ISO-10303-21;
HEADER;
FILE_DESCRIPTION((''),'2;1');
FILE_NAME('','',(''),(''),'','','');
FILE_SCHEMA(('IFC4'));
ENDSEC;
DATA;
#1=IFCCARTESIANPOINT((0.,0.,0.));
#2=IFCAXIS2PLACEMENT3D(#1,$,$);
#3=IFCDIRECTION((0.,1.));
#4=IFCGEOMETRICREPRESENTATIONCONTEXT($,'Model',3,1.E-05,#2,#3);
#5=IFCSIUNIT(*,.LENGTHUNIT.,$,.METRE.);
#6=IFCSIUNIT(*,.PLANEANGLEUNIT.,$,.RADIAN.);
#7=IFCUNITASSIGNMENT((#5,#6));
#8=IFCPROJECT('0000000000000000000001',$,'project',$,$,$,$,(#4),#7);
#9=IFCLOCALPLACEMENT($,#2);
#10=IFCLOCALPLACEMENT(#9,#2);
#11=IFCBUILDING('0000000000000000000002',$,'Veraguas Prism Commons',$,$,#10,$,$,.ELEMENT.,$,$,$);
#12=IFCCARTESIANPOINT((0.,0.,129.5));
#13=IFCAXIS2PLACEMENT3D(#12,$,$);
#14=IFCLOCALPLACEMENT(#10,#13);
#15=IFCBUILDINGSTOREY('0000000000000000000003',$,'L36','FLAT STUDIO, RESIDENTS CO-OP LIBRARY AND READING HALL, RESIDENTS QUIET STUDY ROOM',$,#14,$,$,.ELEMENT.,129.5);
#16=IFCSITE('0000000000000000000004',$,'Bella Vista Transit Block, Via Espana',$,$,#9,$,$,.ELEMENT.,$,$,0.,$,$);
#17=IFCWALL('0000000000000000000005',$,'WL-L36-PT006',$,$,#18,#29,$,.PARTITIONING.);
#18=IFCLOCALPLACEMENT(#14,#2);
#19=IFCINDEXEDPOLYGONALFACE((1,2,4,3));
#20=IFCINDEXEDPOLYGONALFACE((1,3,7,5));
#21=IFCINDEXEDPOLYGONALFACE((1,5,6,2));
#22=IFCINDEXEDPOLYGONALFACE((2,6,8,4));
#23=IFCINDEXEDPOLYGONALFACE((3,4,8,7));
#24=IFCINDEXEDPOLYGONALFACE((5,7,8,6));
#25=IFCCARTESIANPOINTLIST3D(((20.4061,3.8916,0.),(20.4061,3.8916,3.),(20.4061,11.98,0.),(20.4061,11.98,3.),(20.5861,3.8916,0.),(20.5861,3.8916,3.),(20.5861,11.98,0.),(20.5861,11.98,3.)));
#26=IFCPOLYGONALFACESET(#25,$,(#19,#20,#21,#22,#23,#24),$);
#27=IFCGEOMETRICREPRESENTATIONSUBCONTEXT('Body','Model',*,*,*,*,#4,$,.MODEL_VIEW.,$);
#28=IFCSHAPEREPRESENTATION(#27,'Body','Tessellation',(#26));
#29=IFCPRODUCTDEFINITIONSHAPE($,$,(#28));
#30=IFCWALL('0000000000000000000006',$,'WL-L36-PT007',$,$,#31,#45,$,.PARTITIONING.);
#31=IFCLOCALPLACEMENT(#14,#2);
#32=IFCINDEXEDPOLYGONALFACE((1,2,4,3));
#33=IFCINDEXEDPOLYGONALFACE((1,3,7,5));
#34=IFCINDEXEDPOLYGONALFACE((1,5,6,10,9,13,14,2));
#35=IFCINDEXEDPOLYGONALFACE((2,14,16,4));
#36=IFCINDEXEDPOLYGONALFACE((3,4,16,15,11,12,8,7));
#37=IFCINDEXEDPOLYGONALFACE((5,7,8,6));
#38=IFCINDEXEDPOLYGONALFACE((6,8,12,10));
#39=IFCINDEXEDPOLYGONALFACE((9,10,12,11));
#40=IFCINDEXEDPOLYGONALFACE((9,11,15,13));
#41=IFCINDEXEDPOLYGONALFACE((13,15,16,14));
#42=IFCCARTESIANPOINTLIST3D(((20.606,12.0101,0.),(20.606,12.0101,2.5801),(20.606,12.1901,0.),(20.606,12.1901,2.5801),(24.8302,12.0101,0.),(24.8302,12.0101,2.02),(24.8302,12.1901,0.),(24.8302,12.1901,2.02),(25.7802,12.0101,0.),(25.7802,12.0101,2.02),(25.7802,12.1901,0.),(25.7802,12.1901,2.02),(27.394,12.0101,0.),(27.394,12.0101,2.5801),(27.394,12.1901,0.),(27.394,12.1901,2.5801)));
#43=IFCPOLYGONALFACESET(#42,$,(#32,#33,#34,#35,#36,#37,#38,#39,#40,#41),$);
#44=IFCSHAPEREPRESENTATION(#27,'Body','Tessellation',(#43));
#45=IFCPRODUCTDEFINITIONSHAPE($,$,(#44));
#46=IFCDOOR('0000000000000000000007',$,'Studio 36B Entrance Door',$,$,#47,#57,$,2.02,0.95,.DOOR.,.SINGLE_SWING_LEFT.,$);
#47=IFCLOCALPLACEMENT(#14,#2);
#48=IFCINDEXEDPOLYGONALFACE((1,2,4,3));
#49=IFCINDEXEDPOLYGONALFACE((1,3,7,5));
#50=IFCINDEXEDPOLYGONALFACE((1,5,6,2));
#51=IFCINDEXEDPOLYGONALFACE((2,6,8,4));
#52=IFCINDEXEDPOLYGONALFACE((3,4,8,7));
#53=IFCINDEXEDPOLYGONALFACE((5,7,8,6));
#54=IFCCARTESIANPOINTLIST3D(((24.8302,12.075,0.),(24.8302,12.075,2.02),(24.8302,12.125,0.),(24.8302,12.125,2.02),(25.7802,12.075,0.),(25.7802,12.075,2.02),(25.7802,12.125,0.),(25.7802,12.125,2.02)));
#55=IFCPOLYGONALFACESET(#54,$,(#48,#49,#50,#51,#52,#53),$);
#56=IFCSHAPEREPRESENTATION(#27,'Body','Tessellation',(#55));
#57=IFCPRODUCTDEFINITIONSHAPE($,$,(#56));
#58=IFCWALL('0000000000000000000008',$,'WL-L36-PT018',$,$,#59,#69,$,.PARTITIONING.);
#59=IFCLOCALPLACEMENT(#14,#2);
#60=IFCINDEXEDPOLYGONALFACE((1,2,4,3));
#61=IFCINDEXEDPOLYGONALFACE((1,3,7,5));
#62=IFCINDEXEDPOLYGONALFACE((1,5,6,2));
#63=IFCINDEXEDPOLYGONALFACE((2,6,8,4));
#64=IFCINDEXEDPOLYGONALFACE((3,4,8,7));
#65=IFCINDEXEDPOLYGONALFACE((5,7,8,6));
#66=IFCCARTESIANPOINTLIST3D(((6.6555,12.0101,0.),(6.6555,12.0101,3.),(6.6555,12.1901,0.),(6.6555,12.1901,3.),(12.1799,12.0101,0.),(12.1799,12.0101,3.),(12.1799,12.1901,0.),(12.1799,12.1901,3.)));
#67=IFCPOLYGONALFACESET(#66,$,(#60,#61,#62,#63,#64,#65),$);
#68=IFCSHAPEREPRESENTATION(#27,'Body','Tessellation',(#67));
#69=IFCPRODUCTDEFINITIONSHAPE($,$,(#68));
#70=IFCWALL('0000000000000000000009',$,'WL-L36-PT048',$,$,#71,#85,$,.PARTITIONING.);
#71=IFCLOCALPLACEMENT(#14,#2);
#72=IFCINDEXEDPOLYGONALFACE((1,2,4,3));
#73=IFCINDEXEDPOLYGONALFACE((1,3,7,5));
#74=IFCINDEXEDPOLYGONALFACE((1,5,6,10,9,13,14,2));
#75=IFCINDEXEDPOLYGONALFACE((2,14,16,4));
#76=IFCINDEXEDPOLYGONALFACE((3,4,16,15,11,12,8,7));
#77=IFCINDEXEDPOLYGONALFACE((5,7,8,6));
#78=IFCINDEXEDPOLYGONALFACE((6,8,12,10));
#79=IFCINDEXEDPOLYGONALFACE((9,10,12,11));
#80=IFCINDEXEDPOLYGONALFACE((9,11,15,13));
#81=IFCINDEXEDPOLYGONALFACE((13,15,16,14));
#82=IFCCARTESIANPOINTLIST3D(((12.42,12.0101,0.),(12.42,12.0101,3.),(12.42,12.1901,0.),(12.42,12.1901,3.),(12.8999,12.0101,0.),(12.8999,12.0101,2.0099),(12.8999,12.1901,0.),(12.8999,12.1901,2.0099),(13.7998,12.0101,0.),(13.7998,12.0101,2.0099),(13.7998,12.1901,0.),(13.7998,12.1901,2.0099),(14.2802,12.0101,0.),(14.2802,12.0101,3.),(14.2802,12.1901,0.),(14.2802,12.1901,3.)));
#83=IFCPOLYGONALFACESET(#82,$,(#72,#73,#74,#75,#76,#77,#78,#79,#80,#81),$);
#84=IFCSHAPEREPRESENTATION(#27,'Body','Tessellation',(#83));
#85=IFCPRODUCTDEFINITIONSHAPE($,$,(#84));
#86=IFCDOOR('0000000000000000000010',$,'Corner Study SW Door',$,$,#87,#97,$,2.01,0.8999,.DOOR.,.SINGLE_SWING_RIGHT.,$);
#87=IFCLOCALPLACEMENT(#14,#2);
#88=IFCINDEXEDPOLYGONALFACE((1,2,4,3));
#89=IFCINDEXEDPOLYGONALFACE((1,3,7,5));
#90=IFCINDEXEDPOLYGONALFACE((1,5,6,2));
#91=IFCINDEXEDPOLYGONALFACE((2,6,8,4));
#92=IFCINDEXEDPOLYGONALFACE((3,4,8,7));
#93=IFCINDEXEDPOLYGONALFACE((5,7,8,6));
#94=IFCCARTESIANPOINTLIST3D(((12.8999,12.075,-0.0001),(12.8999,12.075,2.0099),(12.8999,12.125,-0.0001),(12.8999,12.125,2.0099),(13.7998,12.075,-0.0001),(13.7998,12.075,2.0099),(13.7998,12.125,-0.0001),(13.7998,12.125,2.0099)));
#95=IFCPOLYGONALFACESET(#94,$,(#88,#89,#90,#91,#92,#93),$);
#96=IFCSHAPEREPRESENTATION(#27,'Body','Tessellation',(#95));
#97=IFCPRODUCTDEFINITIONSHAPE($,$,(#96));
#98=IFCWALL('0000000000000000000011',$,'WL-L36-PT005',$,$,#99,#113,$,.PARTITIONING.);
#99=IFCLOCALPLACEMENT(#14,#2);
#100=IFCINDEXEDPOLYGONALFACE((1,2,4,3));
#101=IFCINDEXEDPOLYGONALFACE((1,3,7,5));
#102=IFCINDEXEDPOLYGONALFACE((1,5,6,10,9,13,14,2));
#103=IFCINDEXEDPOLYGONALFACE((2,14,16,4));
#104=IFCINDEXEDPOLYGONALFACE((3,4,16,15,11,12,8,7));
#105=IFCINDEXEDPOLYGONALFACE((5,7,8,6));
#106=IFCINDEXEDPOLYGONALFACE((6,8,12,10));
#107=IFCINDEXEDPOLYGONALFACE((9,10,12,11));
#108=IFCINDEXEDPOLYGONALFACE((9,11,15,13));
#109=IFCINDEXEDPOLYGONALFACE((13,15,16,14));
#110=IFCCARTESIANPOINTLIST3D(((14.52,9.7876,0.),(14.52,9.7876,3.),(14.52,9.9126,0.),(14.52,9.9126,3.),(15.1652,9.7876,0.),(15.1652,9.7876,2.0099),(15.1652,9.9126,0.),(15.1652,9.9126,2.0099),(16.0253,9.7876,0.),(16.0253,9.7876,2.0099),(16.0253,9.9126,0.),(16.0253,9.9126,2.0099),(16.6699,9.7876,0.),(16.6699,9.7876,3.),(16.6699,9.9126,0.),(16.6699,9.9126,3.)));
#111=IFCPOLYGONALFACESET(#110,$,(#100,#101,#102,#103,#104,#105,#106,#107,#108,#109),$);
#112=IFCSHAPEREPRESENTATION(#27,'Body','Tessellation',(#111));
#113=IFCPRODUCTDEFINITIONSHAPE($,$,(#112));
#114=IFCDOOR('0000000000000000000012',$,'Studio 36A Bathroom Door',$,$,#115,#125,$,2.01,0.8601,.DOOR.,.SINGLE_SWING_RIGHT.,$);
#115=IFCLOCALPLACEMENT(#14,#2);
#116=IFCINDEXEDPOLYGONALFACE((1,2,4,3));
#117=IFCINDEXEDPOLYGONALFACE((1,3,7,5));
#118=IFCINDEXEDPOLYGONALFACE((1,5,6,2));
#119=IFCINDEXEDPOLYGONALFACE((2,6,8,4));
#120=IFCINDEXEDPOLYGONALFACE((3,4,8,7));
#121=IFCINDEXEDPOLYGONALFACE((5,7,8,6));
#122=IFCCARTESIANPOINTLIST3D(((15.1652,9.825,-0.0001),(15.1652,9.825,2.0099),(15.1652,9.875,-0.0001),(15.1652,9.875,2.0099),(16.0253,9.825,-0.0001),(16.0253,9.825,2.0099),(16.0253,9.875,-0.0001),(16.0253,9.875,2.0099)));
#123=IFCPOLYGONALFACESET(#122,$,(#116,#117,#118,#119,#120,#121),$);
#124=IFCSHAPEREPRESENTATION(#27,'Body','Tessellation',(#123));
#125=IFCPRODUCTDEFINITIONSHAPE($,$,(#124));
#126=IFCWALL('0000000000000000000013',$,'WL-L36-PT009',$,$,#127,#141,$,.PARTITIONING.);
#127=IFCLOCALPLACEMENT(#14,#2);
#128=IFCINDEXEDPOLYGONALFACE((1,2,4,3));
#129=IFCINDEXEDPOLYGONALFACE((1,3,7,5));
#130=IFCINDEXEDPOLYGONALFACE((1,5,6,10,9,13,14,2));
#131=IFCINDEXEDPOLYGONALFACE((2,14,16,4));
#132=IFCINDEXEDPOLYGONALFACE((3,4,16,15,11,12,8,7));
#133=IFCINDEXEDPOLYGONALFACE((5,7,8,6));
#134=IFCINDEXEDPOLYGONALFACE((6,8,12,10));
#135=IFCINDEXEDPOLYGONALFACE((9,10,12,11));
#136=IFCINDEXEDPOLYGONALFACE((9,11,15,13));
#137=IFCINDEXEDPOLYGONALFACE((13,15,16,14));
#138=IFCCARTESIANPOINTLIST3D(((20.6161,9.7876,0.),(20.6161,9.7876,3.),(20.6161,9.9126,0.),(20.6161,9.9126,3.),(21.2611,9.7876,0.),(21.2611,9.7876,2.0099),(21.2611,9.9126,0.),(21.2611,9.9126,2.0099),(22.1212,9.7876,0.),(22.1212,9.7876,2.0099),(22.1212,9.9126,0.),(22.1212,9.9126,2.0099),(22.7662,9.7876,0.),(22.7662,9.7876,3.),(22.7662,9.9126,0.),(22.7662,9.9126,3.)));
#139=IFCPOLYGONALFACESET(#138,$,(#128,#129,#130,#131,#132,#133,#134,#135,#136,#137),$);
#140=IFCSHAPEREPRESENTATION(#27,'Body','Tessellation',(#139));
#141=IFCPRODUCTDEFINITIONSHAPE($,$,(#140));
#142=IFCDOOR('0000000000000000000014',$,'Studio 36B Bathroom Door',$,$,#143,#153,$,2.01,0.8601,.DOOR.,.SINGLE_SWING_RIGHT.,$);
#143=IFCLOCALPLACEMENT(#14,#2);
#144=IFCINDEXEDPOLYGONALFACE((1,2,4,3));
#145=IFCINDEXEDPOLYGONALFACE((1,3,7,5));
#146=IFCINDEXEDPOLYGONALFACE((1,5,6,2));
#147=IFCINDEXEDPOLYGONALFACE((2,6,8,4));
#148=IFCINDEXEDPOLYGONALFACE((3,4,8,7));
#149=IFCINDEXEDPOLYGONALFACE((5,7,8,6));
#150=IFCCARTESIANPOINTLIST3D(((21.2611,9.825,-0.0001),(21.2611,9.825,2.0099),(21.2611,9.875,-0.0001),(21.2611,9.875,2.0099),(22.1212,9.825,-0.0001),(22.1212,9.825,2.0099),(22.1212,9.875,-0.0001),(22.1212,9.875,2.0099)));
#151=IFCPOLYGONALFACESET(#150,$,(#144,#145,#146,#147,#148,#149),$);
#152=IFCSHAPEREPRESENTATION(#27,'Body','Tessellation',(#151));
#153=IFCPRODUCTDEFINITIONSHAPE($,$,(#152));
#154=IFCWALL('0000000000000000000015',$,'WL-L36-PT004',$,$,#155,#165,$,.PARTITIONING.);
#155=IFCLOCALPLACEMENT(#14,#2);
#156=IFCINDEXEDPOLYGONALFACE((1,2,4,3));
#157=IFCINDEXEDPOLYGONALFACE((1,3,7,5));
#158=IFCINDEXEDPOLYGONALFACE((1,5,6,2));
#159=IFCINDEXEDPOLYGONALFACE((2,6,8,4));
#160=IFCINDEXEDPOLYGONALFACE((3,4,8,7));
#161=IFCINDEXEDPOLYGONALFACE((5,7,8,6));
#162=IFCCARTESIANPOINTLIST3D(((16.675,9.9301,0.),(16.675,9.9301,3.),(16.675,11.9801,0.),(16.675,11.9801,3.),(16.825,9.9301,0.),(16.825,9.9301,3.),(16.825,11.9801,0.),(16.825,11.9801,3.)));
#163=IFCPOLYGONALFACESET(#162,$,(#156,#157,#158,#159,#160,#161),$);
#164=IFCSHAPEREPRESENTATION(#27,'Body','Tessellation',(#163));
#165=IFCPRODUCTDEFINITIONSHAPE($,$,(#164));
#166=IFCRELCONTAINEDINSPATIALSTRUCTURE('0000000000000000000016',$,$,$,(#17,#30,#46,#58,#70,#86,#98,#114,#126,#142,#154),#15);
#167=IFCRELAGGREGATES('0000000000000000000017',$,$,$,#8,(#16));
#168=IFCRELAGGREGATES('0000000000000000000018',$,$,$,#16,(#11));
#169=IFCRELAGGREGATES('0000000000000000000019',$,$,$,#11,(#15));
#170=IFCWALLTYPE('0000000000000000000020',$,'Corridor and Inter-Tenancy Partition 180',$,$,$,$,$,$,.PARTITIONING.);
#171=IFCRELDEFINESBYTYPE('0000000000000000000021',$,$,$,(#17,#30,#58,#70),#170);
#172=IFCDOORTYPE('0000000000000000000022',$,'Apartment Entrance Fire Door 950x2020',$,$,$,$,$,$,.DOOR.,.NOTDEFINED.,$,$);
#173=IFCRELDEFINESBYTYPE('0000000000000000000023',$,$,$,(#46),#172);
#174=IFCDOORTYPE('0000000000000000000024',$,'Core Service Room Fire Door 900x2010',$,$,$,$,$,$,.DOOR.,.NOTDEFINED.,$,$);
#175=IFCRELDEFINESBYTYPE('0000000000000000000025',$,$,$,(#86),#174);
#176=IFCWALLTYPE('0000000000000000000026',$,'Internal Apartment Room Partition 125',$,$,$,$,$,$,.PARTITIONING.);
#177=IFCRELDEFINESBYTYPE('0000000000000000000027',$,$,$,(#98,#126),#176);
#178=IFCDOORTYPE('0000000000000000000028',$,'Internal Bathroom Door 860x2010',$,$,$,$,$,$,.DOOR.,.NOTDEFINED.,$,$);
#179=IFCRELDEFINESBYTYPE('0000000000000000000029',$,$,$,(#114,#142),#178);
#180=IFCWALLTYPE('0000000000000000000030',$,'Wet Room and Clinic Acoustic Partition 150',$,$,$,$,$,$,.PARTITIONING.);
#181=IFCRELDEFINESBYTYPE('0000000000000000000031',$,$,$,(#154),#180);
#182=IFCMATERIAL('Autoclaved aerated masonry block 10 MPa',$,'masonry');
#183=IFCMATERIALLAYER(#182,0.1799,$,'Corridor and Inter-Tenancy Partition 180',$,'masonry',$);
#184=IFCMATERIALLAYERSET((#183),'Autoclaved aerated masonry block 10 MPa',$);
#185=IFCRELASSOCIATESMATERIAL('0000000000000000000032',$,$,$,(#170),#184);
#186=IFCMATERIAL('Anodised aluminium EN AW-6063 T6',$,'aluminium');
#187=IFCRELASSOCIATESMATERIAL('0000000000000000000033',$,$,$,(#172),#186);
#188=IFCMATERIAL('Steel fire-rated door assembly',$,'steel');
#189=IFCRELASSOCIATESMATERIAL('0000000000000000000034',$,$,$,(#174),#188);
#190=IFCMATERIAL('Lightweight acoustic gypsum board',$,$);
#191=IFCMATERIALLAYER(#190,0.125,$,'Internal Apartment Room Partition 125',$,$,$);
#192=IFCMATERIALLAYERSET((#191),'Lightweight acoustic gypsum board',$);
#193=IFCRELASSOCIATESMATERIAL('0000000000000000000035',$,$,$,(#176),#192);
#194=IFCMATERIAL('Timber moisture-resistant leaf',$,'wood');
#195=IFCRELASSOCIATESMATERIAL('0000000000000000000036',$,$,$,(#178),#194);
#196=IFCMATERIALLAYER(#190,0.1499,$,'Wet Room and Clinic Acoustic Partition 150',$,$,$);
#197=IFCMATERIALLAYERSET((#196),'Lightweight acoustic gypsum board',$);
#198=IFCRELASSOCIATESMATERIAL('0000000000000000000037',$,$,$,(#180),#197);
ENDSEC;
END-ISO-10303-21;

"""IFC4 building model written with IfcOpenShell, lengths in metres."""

from ifc_helpers import new_model, si_unit, direction, frame, frame_2d, origin, place, context, subcontext, project, spatial, rectangle, extrude, source, transform, mapped, material, layer, layer_set, type_object, element, fill, save


model = new_model("IFC4")

# Units and contexts
model_context = context("Model", 3, precision=1e-05, world=origin(), true_north=direction((0.0, 1.0)))
body_context = subcontext(model_context, "Body", "Model", "MODEL_VIEW")
ifc_project = project(units=[si_unit("LENGTHUNIT", "METRE"), si_unit("PLANEANGLEUNIT", "RADIAN")], contexts=[model_context])

# Site, building, storey
site_placement = place(None, origin())
site = spatial("IfcSite", under=ifc_project, at=site_placement, Name="Bella Vista Transit Block, Via Espana", CompositionType="ELEMENT", RefElevation=0.0)
building_placement = place(site_placement, origin())
building = spatial("IfcBuilding", under=site, at=building_placement, Name="Veraguas Prism Commons", CompositionType="ELEMENT")
storey_placement = place(building_placement, frame((0.0, 0.0, 129.5)))
storey = spatial("IfcBuildingStorey", under=building, at=storey_placement, Name="L36", Description="FLAT STUDIO, RESIDENTS CO-OP LIBRARY AND READING HALL, RESIDENTS QUIET STUDY ROOM", CompositionType="ELEMENT", Elevation=129.5)

# Shared definitions
ifc_material_1 = material(Name="Anodised aluminium EN AW-6063 T6", Category="aluminium")

# Shared definitions
ifc_material_2 = material(Name="Autoclaved aerated masonry block 10 MPa", Category="masonry")
ifc_layer_1 = layer(ifc_material_2, 0.1799, Name="Corridor and Inter-Tenancy Partition 180", Category="masonry")
ifc_layer_set_1 = layer_set([ifc_layer_1], Name="Autoclaved aerated masonry block 10 MPa")
wall_type_1 = type_object("IfcWallType", Name="Corridor and Inter-Tenancy Partition 180", PredefinedType="PARTITIONING", material=ifc_layer_set_1)

# Shared definitions
door_type_1 = type_object("IfcDoorType", Name="Apartment Entrance Fire Door 950x2020", OperationType="NOTDEFINED", PredefinedType="DOOR", material=ifc_material_1)
shared_shape_1 = source(origin(), body_context, "Body", "SweptSolid", [
    extrude(rectangle(XDim=0.95, YDim=2.02, at=frame_2d((0.4751, 1.01))), frame((0.0, 0.0249, 0.0), z_axis=(0.0, -1.0, 0.0), x_axis=(1.0, 0.0, 0.0)), (0.0, 0.0, 1.0), 0.05),
])

# Wall
wall_1_placement = place(storey_placement, frame((20.4961, 11.98, 0.0), z_axis=(0.0, 0.0, 1.0), x_axis=(0.0, -1.0, 0.0)))
element("IfcWall", 1, at=wall_1_placement, inside=storey, type_object=wall_type_1, Name="WL-L36-PT006", PredefinedType="PARTITIONING", context=body_context, shape_type="SweptSolid", body=[
    extrude(rectangle(XDim=8.0884, YDim=0.1799, at=frame_2d((4.0442, 0.0))), origin(), (0.0, 0.0, 1.0), 3.0),
])

# Wall, opening, door
wall_2_placement = place(storey_placement, frame((20.606, 12.1001, 0.0), z_axis=(0.0, 0.0, 1.0), x_axis=(1.0, 0.0, 0.0)))
wall_2 = element("IfcWall", 2, at=wall_2_placement, inside=storey, type_object=wall_type_1, Name="WL-L36-PT007", PredefinedType="PARTITIONING", context=body_context, shape_type="SweptSolid", body=[
    extrude(rectangle(XDim=6.7881, YDim=0.1799, at=frame_2d((3.394, 0.0))), origin(), (0.0, 0.0, 1.0), 2.5801),
])
opening_1_placement = place(wall_2_placement, frame((4.2241, 0.0, 0.0)))
opening_1 = element("IfcOpeningElement", 3, at=opening_1_placement, cuts=wall_2, PredefinedType="OPENING", context=body_context, shape_type="SweptSolid", body=[
    extrude(rectangle(XDim=0.95, YDim=2.02, at=frame_2d((0.4751, 1.01))), frame((0.0, 0.0999, 0.0), z_axis=(0.0, -1.0, 0.0), x_axis=(1.0, 0.0, 0.0)), (0.0, 0.0, 1.0), 0.2),
])
door_1_placement = place(opening_1_placement, origin())
door_1 = element("IfcDoor", 4, at=door_1_placement, inside=storey, type_object=door_type_1, Name="Studio 36B Entrance Door", OperationType="SINGLE_SWING_LEFT", OverallHeight=2.02, OverallWidth=0.95, PredefinedType="DOOR", context=body_context, shape_type="MappedRepresentation", body=[
    mapped(shared_shape_1, transform((0.0, 0.0, 0.0), scale=1.0)),
])
fill(opening_1, door_1)

# Wall
wall_3_placement = place(storey_placement, frame((12.1799, 12.1001, 0.0), z_axis=(0.0, 0.0, 1.0), x_axis=(-1.0, 0.0, 0.0)))
element("IfcWall", 5, at=wall_3_placement, inside=storey, type_object=wall_type_1, Name="WL-L36-PT018", PredefinedType="PARTITIONING", context=body_context, shape_type="SweptSolid", body=[
    extrude(rectangle(XDim=5.5244, YDim=0.1799, at=frame_2d((2.7622, 0.0))), origin(), (0.0, 0.0, 1.0), 3.0),
])

# Walls, openings, doors
wall_4_placement = place(storey_placement, frame((12.4199, 12.1001, 0.0), z_axis=(0.0, 0.0, 1.0), x_axis=(1.0, 0.0, 0.0)))
wall_4 = element("IfcWall", 6, at=wall_4_placement, inside=storey, type_object=wall_type_1, Name="WL-L36-PT048", PredefinedType="PARTITIONING", context=body_context, shape_type="SweptSolid", body=[
    extrude(rectangle(XDim=1.8601, YDim=0.1799, at=frame_2d((0.9302, 0.0))), origin(), (0.0, 0.0, 1.0), 3.0),
])
opening_2_placement = place(wall_4_placement, frame((0.48, 0.0, 0.0)))
opening_2 = element("IfcOpeningElement", 7, at=opening_2_placement, cuts=wall_4, PredefinedType="OPENING", context=body_context, shape_type="SweptSolid", body=[
    extrude(rectangle(XDim=0.8999, YDim=2.01, at=frame_2d((0.45, 1.0049))), frame((0.0, 0.0999, 0.0), z_axis=(0.0, -1.0, 0.0), x_axis=(1.0, 0.0, 0.0)), (0.0, 0.0, 1.0), 0.2),
])
ifc_material_3 = material(Name="Steel fire-rated door assembly", Category="steel")
door_type_2 = type_object("IfcDoorType", Name="Core Service Room Fire Door 900x2010", OperationType="NOTDEFINED", PredefinedType="DOOR", material=ifc_material_3)
shared_shape_2 = source(origin(), body_context, "Body", "SweptSolid", [
    extrude(rectangle(XDim=0.8999, YDim=2.01, at=frame_2d((0.45, 1.0049))), frame((0.0, 0.0249, 0.0), z_axis=(0.0, -1.0, 0.0), x_axis=(1.0, 0.0, 0.0)), (0.0, 0.0, 1.0), 0.05),
])
door_2_placement = place(opening_2_placement, origin())
door_2 = element("IfcDoor", 8, at=door_2_placement, inside=storey, type_object=door_type_2, Name="Corner Study SW Door", OperationType="SINGLE_SWING_RIGHT", OverallHeight=2.01, OverallWidth=0.8999, PredefinedType="DOOR", context=body_context, shape_type="MappedRepresentation", body=[
    mapped(shared_shape_2, transform((0.0, 0.0, 0.0), scale=1.0)),
])
fill(opening_2, door_2)
ifc_material_4 = material(Name="Lightweight acoustic gypsum board")
ifc_layer_2 = layer(ifc_material_4, 0.125, Name="Internal Apartment Room Partition 125")
ifc_layer_set_2 = layer_set([ifc_layer_2], Name="Lightweight acoustic gypsum board")
wall_type_2 = type_object("IfcWallType", Name="Internal Apartment Room Partition 125", PredefinedType="PARTITIONING", material=ifc_layer_set_2)
wall_5_placement = place(storey_placement, frame((14.52, 9.8501, 0.0), z_axis=(0.0, 0.0, 1.0), x_axis=(1.0, 0.0, 0.0)))
wall_5 = element("IfcWall", 9, at=wall_5_placement, inside=storey, type_object=wall_type_2, Name="WL-L36-PT005", PredefinedType="PARTITIONING", context=body_context, shape_type="SweptSolid", body=[
    extrude(rectangle(XDim=2.1499, YDim=0.125, at=frame_2d((1.075, 0.0))), origin(), (0.0, 0.0, 1.0), 3.0),
])
opening_3_placement = place(wall_5_placement, frame((0.645, 0.0, 0.0)))
opening_3 = element("IfcOpeningElement", 10, at=opening_3_placement, cuts=wall_5, PredefinedType="OPENING", context=body_context, shape_type="SweptSolid", body=[
    extrude(rectangle(XDim=0.8601, YDim=2.01, at=frame_2d((0.4302, 1.0049))), frame((0.0, 0.0725, 0.0), z_axis=(0.0, -1.0, 0.0), x_axis=(1.0, 0.0, 0.0)), (0.0, 0.0, 1.0), 0.145),
])
ifc_material_5 = material(Name="Timber moisture-resistant leaf", Category="wood")
door_type_3 = type_object("IfcDoorType", Name="Internal Bathroom Door 860x2010", OperationType="NOTDEFINED", PredefinedType="DOOR", material=ifc_material_5)
shared_shape_3 = source(origin(), body_context, "Body", "SweptSolid", [
    extrude(rectangle(XDim=0.8601, YDim=2.01, at=frame_2d((0.4302, 1.0049))), frame((0.0, 0.0249, 0.0), z_axis=(0.0, -1.0, 0.0), x_axis=(1.0, 0.0, 0.0)), (0.0, 0.0, 1.0), 0.05),
])
door_3_placement = place(opening_3_placement, origin())
door_3 = element("IfcDoor", 11, at=door_3_placement, inside=storey, type_object=door_type_3, Name="Studio 36A Bathroom Door", OperationType="SINGLE_SWING_RIGHT", OverallHeight=2.01, OverallWidth=0.8601, PredefinedType="DOOR", context=body_context, shape_type="MappedRepresentation", body=[
    mapped(shared_shape_3, transform((0.0, 0.0, 0.0), scale=1.0)),
])
fill(opening_3, door_3)
wall_6_placement = place(storey_placement, frame((20.616, 9.8501, 0.0), z_axis=(0.0, 0.0, 1.0), x_axis=(1.0, 0.0, 0.0)))
wall_6 = element("IfcWall", 12, at=wall_6_placement, inside=storey, type_object=wall_type_2, Name="WL-L36-PT009", PredefinedType="PARTITIONING", context=body_context, shape_type="SweptSolid", body=[
    extrude(rectangle(XDim=2.1501, YDim=0.125, at=frame_2d((1.0752, 0.0))), origin(), (0.0, 0.0, 1.0), 3.0),
])
opening_4_placement = place(wall_6_placement, frame((0.645, 0.0, 0.0)))
opening_4 = element("IfcOpeningElement", 13, at=opening_4_placement, cuts=wall_6, PredefinedType="OPENING", context=body_context, shape_type="SweptSolid", body=[
    extrude(rectangle(XDim=0.8601, YDim=2.01, at=frame_2d((0.4302, 1.0049))), frame((0.0, 0.0725, 0.0), z_axis=(0.0, -1.0, 0.0), x_axis=(1.0, 0.0, 0.0)), (0.0, 0.0, 1.0), 0.145),
])
door_4_placement = place(opening_4_placement, origin())
door_4 = element("IfcDoor", 14, at=door_4_placement, inside=storey, type_object=door_type_3, Name="Studio 36B Bathroom Door", OperationType="SINGLE_SWING_RIGHT", OverallHeight=2.01, OverallWidth=0.8601, PredefinedType="DOOR", context=body_context, shape_type="MappedRepresentation", body=[
    mapped(shared_shape_3, transform((0.0, 0.0, 0.0), scale=1.0)),
])
fill(opening_4, door_4)

# Wall
ifc_layer_3 = layer(ifc_material_4, 0.1499, Name="Wet Room and Clinic Acoustic Partition 150")
ifc_layer_set_3 = layer_set([ifc_layer_3], Name="Lightweight acoustic gypsum board")
wall_type_3 = type_object("IfcWallType", Name="Wet Room and Clinic Acoustic Partition 150", PredefinedType="PARTITIONING", material=ifc_layer_set_3)
wall_7_placement = place(storey_placement, frame((16.75, 11.98, 0.0), z_axis=(0.0, 0.0, 1.0), x_axis=(0.0, -1.0, 0.0)))
element("IfcWall", 15, at=wall_7_placement, inside=storey, type_object=wall_type_3, Name="WL-L36-PT004", PredefinedType="PARTITIONING", context=body_context, shape_type="SweptSolid", body=[
    extrude(rectangle(XDim=2.05, YDim=0.1499, at=frame_2d((1.0249, 0.0))), origin(), (0.0, 0.0, 1.0), 3.0),
])

save(model, "model.ifc")
